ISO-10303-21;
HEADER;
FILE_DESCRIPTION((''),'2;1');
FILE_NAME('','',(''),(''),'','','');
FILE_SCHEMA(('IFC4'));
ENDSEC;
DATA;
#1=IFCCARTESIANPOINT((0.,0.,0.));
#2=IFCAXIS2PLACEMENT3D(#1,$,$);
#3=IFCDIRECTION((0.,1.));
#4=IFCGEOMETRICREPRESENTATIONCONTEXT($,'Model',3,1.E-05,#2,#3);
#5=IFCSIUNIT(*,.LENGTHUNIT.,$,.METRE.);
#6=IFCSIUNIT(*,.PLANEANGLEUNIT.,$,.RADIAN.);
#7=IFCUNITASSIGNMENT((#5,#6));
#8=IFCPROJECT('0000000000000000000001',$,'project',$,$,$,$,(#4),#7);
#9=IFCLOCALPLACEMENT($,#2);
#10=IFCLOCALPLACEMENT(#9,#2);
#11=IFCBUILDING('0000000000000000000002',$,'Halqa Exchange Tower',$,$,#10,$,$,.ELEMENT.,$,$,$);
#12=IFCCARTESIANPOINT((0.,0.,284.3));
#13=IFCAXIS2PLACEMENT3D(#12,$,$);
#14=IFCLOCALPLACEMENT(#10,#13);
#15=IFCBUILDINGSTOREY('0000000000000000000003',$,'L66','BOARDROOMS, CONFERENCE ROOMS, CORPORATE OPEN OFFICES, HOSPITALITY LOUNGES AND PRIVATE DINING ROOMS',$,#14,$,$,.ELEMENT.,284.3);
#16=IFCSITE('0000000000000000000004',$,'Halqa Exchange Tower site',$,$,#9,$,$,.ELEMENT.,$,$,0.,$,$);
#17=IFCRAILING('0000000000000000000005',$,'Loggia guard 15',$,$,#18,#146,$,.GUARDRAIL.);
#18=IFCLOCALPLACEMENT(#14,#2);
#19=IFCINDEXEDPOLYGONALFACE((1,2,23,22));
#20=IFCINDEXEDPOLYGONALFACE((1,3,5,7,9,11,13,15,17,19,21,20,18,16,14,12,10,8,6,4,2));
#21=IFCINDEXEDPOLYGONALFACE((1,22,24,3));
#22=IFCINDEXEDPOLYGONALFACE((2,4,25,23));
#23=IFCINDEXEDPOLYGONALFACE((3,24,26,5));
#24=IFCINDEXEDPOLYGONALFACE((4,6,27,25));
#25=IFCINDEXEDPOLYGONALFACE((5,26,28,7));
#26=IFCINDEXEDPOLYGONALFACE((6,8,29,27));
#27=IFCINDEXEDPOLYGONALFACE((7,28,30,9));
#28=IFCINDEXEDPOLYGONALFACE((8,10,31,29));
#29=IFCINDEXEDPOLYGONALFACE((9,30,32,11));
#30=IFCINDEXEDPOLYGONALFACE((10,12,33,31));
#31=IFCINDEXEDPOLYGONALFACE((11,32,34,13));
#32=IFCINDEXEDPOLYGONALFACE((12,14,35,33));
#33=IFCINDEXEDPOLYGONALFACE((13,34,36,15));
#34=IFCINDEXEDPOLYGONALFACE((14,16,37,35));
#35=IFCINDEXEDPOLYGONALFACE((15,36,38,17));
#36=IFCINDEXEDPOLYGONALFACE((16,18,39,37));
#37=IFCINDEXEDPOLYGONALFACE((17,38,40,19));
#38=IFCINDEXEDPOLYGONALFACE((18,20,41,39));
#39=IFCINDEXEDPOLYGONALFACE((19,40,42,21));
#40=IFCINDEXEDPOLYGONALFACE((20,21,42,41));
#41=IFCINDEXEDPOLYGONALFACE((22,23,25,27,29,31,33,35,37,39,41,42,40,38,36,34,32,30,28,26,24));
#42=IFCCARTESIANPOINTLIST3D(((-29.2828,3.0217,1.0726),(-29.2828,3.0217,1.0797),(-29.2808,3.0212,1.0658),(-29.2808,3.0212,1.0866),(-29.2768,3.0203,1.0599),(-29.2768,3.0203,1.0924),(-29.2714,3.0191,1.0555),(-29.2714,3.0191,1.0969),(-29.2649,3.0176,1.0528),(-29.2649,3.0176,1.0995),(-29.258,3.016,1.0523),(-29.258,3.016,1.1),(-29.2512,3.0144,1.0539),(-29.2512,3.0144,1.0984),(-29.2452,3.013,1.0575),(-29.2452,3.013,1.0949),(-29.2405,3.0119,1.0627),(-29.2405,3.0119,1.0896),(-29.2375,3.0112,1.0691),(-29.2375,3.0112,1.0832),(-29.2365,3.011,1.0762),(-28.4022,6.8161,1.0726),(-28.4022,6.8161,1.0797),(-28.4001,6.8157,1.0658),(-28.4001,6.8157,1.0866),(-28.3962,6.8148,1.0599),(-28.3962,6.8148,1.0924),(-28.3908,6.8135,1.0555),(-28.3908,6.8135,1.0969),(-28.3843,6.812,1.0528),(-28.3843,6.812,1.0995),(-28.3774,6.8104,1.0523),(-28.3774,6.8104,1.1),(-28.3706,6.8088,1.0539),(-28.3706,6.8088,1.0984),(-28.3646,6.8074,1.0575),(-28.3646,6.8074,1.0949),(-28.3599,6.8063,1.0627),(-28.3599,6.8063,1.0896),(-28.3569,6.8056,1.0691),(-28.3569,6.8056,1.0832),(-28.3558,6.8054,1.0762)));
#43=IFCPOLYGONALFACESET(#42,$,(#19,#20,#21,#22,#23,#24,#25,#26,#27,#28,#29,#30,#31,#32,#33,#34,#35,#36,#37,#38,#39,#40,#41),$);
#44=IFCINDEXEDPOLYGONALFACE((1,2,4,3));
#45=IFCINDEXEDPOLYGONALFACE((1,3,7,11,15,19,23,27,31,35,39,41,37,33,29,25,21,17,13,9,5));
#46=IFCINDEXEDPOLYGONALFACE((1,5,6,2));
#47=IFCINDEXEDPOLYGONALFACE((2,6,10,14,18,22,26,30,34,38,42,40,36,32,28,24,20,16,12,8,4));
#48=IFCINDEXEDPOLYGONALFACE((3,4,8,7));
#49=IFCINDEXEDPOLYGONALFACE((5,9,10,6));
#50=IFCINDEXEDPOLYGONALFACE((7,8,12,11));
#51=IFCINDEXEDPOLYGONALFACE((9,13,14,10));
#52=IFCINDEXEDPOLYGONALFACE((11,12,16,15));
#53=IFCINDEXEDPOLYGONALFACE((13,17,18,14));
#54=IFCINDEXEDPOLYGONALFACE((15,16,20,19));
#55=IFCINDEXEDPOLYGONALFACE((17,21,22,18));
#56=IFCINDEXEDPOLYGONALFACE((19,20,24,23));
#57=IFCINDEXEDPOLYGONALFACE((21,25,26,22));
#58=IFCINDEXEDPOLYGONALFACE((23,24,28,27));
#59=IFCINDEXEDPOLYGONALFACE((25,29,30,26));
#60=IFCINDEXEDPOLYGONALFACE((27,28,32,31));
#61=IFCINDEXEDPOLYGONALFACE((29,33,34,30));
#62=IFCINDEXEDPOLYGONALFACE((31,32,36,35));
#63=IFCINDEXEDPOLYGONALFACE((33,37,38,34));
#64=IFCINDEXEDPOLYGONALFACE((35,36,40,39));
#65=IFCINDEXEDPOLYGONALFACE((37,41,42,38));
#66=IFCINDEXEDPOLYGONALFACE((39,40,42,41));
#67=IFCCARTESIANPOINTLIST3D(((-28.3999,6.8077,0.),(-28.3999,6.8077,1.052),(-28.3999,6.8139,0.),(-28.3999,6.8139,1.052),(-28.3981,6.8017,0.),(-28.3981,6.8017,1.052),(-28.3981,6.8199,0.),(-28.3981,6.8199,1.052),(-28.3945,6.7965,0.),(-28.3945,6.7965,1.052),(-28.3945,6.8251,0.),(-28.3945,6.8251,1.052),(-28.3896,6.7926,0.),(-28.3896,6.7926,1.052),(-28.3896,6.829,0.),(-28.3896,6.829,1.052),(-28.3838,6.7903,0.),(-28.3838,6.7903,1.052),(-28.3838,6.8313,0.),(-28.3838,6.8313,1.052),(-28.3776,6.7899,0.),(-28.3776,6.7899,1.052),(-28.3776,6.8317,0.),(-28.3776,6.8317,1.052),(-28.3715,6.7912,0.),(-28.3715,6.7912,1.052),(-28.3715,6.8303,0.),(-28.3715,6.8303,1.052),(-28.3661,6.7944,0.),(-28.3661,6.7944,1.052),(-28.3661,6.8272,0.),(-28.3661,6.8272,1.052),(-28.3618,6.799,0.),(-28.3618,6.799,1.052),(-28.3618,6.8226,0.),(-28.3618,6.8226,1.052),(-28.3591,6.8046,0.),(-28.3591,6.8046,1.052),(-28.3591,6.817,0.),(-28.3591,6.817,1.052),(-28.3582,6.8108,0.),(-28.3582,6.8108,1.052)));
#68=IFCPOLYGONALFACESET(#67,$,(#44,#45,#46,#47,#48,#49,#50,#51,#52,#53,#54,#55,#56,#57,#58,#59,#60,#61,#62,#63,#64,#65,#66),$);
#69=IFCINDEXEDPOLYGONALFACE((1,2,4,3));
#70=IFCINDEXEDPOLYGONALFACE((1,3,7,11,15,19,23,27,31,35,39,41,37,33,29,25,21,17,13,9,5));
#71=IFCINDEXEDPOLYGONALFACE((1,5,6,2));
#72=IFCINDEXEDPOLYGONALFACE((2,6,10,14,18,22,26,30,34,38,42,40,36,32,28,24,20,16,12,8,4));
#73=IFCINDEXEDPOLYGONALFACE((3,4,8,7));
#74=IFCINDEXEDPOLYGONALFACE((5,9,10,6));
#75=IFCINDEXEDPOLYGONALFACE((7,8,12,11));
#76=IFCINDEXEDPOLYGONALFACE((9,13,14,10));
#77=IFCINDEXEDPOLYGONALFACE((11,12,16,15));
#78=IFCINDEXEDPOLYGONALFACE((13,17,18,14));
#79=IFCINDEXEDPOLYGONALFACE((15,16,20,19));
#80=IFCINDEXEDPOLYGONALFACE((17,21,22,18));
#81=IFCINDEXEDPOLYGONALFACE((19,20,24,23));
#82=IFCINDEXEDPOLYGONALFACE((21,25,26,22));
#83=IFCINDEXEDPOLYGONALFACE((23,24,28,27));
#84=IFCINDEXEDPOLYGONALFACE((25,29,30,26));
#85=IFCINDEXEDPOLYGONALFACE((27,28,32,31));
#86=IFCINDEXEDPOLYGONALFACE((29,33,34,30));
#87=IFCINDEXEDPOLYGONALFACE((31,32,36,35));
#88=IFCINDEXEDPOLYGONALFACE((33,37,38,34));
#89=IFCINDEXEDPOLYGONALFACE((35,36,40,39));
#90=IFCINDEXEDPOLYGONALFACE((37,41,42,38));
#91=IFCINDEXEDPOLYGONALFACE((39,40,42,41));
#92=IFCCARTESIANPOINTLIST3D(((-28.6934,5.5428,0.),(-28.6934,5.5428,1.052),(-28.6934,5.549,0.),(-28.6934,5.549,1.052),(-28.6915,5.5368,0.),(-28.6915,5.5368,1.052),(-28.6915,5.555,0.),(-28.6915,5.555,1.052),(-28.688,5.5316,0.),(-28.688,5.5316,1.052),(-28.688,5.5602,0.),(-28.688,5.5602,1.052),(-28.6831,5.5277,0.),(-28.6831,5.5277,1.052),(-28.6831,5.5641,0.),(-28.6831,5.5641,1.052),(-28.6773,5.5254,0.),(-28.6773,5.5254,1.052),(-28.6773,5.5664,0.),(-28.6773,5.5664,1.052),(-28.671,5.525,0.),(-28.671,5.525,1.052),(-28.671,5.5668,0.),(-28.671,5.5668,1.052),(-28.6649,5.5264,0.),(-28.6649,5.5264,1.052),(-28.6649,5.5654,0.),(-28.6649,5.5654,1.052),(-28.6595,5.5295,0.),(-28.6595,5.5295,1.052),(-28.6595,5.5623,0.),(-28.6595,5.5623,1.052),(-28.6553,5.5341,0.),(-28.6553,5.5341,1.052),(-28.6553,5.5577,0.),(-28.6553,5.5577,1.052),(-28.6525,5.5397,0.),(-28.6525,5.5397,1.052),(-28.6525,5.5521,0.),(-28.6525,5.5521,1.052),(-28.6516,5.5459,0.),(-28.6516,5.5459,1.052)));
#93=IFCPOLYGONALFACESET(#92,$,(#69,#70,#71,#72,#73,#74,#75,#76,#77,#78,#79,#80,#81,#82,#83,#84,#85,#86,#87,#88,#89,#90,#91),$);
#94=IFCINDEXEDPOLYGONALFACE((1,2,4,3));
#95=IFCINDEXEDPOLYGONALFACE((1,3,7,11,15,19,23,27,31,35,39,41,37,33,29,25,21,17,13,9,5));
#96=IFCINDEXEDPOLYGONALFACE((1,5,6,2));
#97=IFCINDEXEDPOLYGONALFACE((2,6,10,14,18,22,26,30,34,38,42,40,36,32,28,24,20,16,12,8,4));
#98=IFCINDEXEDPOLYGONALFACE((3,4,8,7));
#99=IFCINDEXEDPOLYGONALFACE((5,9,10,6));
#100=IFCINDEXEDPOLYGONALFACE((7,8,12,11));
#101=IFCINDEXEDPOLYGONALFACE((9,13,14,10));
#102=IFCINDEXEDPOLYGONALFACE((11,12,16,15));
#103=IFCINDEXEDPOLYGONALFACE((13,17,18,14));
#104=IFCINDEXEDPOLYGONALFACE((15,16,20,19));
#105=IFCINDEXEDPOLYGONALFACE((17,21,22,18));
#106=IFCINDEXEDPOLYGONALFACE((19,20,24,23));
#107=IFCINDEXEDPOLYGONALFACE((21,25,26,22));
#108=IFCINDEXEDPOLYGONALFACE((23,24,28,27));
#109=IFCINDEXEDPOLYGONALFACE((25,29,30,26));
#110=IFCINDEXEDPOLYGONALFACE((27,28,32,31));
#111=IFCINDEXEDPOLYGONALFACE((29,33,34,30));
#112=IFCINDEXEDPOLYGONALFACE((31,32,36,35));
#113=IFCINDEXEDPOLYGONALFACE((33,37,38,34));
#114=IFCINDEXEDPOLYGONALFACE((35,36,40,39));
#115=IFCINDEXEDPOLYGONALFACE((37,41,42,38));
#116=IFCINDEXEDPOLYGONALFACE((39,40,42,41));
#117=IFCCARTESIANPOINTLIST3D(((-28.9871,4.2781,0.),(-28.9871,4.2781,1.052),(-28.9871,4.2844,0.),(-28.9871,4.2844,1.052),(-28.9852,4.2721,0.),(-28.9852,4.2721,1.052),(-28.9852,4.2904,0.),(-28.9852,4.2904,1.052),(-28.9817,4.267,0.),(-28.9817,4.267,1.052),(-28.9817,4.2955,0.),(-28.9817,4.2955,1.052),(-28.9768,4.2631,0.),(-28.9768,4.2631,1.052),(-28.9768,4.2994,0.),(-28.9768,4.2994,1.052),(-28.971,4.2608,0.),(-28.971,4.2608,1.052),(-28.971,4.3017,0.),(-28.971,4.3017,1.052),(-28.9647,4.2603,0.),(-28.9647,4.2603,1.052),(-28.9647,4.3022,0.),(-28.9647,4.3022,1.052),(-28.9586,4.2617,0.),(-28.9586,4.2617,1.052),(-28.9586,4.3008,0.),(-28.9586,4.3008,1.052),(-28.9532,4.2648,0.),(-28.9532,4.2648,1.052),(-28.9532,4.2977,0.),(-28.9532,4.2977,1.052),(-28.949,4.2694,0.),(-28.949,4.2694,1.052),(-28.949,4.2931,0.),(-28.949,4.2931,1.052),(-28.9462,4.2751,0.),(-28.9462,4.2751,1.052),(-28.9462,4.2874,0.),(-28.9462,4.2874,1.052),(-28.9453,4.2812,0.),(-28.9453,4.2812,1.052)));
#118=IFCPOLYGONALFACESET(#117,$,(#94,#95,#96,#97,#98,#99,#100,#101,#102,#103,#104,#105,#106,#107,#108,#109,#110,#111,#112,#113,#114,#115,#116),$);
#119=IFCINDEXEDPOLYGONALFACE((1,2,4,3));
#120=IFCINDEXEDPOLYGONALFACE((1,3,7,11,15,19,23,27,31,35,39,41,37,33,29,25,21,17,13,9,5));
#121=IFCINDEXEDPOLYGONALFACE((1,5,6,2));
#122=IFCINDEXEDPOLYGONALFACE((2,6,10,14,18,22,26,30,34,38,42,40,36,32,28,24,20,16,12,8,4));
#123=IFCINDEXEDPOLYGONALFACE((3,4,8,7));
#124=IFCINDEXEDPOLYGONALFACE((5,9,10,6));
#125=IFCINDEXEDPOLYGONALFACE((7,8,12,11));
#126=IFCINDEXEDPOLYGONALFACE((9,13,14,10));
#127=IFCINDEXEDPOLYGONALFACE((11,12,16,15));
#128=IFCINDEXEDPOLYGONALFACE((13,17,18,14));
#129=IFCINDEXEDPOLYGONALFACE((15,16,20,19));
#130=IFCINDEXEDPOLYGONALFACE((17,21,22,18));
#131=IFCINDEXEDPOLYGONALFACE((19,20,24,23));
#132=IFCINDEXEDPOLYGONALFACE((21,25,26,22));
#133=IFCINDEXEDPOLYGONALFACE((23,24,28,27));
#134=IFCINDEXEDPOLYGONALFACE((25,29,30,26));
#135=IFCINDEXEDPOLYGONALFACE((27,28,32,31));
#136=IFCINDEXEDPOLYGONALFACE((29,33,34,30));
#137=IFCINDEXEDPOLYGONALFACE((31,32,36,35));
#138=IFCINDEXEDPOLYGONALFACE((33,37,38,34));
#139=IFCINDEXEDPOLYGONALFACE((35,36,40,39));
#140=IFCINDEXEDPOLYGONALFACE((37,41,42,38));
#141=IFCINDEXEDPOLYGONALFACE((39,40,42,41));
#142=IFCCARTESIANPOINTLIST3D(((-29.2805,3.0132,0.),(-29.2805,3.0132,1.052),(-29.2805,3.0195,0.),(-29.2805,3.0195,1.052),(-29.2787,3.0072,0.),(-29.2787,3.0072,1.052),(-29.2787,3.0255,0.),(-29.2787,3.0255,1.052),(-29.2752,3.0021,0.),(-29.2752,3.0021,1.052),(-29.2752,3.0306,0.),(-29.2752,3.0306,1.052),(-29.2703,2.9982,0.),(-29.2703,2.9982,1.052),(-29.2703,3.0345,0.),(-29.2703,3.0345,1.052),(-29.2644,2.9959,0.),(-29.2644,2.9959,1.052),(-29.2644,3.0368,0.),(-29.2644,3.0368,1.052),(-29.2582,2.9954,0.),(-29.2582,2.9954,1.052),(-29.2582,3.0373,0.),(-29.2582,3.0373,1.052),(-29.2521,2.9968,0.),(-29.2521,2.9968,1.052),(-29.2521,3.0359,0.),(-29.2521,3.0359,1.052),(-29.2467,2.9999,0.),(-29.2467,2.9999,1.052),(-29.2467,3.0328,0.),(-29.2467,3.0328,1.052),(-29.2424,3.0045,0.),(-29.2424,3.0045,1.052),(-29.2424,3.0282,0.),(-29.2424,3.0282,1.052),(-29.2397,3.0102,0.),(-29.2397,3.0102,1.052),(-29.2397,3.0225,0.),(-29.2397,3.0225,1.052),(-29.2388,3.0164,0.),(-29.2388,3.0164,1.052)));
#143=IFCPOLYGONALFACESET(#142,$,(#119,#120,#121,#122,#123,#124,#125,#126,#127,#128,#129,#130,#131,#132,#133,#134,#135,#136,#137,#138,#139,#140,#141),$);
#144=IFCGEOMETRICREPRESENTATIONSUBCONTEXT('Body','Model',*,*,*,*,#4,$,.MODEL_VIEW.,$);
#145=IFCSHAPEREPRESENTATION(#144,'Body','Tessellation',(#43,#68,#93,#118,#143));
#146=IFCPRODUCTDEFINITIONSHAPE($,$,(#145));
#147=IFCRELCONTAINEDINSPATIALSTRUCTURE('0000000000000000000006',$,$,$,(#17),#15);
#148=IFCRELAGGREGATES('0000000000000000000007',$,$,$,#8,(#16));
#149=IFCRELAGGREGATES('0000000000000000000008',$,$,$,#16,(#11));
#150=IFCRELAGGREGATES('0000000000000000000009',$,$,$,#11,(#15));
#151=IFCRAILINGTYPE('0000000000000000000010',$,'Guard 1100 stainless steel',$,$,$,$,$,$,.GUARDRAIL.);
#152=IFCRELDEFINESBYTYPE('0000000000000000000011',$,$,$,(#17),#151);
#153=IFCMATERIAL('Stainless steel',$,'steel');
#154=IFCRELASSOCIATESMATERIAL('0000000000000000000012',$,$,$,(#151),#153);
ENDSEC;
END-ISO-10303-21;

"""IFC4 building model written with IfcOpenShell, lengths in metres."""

from ifc_helpers import new_model, si_unit, direction, frame, origin, origin_2d, place, context, subcontext, project, spatial, circle, extrude, material, type_object, element, save


model = new_model("IFC4")

# Units and contexts
model_context = context("Model", 3, precision=1e-05, world=origin(), true_north=direction((0.0, 1.0)))
body_context = subcontext(model_context, "Body", "Model", "MODEL_VIEW")
ifc_project = project(units=[si_unit("LENGTHUNIT", "METRE"), si_unit("PLANEANGLEUNIT", "RADIAN")], contexts=[model_context])

# Site, building, storey
site_placement = place(None, origin())
site = spatial("IfcSite", under=ifc_project, at=site_placement, Name="Halqa Exchange Tower site", CompositionType="ELEMENT", RefElevation=0.0)
building_placement = place(site_placement, origin())
building = spatial("IfcBuilding", under=site, at=building_placement, Name="Halqa Exchange Tower", CompositionType="ELEMENT")
storey_placement = place(building_placement, frame((0.0, 0.0, 284.3)))
storey = spatial("IfcBuildingStorey", under=building, at=storey_placement, Name="L66", Description="BOARDROOMS, CONFERENCE ROOMS, CORPORATE OPEN OFFICES, HOSPITALITY LOUNGES AND PRIVATE DINING ROOMS", CompositionType="ELEMENT", Elevation=284.3)

# Railing
ifc_material_1 = material(Name="Stainless steel", Category="steel")
railing_type = type_object("IfcRailingType", Name="Guard 1100 stainless steel", PredefinedType="GUARDRAIL", material=ifc_material_1)
railing_1_placement = place(storey_placement, frame((-28.3792, 6.8108, 0.0)))
element("IfcRailing", 1, at=railing_1_placement, inside=storey, type_object=railing_type, Name="Loggia guard 15", PredefinedType="GUARDRAIL", context=body_context, shape_type="SweptSolid", body=[
    extrude(circle(Radius=0.0239, at=origin_2d()), frame((0.0, 0.0, 1.0762), z_axis=(-0.226072, -0.974111, 0.0), x_axis=(0.974111, -0.226072, 0.0)), (0.0, 0.0, 1.0), 3.8953),
    extrude(circle(Radius=0.021, at=origin_2d()), origin(), (0.0, 0.0, 1.0), 1.052),
    extrude(circle(Radius=0.021, at=origin_2d()), frame((-0.2935, -1.2649, 0.0)), (0.0, 0.0, 1.0), 1.052),
    extrude(circle(Radius=0.021, at=origin_2d()), frame((-0.5872, -2.5295, 0.0)), (0.0, 0.0, 1.0), 1.052),
    extrude(circle(Radius=0.021, at=origin_2d()), frame((-0.8806, -3.7944, 0.0)), (0.0, 0.0, 1.0), 1.052),
])

save(model, "model.ifc")
